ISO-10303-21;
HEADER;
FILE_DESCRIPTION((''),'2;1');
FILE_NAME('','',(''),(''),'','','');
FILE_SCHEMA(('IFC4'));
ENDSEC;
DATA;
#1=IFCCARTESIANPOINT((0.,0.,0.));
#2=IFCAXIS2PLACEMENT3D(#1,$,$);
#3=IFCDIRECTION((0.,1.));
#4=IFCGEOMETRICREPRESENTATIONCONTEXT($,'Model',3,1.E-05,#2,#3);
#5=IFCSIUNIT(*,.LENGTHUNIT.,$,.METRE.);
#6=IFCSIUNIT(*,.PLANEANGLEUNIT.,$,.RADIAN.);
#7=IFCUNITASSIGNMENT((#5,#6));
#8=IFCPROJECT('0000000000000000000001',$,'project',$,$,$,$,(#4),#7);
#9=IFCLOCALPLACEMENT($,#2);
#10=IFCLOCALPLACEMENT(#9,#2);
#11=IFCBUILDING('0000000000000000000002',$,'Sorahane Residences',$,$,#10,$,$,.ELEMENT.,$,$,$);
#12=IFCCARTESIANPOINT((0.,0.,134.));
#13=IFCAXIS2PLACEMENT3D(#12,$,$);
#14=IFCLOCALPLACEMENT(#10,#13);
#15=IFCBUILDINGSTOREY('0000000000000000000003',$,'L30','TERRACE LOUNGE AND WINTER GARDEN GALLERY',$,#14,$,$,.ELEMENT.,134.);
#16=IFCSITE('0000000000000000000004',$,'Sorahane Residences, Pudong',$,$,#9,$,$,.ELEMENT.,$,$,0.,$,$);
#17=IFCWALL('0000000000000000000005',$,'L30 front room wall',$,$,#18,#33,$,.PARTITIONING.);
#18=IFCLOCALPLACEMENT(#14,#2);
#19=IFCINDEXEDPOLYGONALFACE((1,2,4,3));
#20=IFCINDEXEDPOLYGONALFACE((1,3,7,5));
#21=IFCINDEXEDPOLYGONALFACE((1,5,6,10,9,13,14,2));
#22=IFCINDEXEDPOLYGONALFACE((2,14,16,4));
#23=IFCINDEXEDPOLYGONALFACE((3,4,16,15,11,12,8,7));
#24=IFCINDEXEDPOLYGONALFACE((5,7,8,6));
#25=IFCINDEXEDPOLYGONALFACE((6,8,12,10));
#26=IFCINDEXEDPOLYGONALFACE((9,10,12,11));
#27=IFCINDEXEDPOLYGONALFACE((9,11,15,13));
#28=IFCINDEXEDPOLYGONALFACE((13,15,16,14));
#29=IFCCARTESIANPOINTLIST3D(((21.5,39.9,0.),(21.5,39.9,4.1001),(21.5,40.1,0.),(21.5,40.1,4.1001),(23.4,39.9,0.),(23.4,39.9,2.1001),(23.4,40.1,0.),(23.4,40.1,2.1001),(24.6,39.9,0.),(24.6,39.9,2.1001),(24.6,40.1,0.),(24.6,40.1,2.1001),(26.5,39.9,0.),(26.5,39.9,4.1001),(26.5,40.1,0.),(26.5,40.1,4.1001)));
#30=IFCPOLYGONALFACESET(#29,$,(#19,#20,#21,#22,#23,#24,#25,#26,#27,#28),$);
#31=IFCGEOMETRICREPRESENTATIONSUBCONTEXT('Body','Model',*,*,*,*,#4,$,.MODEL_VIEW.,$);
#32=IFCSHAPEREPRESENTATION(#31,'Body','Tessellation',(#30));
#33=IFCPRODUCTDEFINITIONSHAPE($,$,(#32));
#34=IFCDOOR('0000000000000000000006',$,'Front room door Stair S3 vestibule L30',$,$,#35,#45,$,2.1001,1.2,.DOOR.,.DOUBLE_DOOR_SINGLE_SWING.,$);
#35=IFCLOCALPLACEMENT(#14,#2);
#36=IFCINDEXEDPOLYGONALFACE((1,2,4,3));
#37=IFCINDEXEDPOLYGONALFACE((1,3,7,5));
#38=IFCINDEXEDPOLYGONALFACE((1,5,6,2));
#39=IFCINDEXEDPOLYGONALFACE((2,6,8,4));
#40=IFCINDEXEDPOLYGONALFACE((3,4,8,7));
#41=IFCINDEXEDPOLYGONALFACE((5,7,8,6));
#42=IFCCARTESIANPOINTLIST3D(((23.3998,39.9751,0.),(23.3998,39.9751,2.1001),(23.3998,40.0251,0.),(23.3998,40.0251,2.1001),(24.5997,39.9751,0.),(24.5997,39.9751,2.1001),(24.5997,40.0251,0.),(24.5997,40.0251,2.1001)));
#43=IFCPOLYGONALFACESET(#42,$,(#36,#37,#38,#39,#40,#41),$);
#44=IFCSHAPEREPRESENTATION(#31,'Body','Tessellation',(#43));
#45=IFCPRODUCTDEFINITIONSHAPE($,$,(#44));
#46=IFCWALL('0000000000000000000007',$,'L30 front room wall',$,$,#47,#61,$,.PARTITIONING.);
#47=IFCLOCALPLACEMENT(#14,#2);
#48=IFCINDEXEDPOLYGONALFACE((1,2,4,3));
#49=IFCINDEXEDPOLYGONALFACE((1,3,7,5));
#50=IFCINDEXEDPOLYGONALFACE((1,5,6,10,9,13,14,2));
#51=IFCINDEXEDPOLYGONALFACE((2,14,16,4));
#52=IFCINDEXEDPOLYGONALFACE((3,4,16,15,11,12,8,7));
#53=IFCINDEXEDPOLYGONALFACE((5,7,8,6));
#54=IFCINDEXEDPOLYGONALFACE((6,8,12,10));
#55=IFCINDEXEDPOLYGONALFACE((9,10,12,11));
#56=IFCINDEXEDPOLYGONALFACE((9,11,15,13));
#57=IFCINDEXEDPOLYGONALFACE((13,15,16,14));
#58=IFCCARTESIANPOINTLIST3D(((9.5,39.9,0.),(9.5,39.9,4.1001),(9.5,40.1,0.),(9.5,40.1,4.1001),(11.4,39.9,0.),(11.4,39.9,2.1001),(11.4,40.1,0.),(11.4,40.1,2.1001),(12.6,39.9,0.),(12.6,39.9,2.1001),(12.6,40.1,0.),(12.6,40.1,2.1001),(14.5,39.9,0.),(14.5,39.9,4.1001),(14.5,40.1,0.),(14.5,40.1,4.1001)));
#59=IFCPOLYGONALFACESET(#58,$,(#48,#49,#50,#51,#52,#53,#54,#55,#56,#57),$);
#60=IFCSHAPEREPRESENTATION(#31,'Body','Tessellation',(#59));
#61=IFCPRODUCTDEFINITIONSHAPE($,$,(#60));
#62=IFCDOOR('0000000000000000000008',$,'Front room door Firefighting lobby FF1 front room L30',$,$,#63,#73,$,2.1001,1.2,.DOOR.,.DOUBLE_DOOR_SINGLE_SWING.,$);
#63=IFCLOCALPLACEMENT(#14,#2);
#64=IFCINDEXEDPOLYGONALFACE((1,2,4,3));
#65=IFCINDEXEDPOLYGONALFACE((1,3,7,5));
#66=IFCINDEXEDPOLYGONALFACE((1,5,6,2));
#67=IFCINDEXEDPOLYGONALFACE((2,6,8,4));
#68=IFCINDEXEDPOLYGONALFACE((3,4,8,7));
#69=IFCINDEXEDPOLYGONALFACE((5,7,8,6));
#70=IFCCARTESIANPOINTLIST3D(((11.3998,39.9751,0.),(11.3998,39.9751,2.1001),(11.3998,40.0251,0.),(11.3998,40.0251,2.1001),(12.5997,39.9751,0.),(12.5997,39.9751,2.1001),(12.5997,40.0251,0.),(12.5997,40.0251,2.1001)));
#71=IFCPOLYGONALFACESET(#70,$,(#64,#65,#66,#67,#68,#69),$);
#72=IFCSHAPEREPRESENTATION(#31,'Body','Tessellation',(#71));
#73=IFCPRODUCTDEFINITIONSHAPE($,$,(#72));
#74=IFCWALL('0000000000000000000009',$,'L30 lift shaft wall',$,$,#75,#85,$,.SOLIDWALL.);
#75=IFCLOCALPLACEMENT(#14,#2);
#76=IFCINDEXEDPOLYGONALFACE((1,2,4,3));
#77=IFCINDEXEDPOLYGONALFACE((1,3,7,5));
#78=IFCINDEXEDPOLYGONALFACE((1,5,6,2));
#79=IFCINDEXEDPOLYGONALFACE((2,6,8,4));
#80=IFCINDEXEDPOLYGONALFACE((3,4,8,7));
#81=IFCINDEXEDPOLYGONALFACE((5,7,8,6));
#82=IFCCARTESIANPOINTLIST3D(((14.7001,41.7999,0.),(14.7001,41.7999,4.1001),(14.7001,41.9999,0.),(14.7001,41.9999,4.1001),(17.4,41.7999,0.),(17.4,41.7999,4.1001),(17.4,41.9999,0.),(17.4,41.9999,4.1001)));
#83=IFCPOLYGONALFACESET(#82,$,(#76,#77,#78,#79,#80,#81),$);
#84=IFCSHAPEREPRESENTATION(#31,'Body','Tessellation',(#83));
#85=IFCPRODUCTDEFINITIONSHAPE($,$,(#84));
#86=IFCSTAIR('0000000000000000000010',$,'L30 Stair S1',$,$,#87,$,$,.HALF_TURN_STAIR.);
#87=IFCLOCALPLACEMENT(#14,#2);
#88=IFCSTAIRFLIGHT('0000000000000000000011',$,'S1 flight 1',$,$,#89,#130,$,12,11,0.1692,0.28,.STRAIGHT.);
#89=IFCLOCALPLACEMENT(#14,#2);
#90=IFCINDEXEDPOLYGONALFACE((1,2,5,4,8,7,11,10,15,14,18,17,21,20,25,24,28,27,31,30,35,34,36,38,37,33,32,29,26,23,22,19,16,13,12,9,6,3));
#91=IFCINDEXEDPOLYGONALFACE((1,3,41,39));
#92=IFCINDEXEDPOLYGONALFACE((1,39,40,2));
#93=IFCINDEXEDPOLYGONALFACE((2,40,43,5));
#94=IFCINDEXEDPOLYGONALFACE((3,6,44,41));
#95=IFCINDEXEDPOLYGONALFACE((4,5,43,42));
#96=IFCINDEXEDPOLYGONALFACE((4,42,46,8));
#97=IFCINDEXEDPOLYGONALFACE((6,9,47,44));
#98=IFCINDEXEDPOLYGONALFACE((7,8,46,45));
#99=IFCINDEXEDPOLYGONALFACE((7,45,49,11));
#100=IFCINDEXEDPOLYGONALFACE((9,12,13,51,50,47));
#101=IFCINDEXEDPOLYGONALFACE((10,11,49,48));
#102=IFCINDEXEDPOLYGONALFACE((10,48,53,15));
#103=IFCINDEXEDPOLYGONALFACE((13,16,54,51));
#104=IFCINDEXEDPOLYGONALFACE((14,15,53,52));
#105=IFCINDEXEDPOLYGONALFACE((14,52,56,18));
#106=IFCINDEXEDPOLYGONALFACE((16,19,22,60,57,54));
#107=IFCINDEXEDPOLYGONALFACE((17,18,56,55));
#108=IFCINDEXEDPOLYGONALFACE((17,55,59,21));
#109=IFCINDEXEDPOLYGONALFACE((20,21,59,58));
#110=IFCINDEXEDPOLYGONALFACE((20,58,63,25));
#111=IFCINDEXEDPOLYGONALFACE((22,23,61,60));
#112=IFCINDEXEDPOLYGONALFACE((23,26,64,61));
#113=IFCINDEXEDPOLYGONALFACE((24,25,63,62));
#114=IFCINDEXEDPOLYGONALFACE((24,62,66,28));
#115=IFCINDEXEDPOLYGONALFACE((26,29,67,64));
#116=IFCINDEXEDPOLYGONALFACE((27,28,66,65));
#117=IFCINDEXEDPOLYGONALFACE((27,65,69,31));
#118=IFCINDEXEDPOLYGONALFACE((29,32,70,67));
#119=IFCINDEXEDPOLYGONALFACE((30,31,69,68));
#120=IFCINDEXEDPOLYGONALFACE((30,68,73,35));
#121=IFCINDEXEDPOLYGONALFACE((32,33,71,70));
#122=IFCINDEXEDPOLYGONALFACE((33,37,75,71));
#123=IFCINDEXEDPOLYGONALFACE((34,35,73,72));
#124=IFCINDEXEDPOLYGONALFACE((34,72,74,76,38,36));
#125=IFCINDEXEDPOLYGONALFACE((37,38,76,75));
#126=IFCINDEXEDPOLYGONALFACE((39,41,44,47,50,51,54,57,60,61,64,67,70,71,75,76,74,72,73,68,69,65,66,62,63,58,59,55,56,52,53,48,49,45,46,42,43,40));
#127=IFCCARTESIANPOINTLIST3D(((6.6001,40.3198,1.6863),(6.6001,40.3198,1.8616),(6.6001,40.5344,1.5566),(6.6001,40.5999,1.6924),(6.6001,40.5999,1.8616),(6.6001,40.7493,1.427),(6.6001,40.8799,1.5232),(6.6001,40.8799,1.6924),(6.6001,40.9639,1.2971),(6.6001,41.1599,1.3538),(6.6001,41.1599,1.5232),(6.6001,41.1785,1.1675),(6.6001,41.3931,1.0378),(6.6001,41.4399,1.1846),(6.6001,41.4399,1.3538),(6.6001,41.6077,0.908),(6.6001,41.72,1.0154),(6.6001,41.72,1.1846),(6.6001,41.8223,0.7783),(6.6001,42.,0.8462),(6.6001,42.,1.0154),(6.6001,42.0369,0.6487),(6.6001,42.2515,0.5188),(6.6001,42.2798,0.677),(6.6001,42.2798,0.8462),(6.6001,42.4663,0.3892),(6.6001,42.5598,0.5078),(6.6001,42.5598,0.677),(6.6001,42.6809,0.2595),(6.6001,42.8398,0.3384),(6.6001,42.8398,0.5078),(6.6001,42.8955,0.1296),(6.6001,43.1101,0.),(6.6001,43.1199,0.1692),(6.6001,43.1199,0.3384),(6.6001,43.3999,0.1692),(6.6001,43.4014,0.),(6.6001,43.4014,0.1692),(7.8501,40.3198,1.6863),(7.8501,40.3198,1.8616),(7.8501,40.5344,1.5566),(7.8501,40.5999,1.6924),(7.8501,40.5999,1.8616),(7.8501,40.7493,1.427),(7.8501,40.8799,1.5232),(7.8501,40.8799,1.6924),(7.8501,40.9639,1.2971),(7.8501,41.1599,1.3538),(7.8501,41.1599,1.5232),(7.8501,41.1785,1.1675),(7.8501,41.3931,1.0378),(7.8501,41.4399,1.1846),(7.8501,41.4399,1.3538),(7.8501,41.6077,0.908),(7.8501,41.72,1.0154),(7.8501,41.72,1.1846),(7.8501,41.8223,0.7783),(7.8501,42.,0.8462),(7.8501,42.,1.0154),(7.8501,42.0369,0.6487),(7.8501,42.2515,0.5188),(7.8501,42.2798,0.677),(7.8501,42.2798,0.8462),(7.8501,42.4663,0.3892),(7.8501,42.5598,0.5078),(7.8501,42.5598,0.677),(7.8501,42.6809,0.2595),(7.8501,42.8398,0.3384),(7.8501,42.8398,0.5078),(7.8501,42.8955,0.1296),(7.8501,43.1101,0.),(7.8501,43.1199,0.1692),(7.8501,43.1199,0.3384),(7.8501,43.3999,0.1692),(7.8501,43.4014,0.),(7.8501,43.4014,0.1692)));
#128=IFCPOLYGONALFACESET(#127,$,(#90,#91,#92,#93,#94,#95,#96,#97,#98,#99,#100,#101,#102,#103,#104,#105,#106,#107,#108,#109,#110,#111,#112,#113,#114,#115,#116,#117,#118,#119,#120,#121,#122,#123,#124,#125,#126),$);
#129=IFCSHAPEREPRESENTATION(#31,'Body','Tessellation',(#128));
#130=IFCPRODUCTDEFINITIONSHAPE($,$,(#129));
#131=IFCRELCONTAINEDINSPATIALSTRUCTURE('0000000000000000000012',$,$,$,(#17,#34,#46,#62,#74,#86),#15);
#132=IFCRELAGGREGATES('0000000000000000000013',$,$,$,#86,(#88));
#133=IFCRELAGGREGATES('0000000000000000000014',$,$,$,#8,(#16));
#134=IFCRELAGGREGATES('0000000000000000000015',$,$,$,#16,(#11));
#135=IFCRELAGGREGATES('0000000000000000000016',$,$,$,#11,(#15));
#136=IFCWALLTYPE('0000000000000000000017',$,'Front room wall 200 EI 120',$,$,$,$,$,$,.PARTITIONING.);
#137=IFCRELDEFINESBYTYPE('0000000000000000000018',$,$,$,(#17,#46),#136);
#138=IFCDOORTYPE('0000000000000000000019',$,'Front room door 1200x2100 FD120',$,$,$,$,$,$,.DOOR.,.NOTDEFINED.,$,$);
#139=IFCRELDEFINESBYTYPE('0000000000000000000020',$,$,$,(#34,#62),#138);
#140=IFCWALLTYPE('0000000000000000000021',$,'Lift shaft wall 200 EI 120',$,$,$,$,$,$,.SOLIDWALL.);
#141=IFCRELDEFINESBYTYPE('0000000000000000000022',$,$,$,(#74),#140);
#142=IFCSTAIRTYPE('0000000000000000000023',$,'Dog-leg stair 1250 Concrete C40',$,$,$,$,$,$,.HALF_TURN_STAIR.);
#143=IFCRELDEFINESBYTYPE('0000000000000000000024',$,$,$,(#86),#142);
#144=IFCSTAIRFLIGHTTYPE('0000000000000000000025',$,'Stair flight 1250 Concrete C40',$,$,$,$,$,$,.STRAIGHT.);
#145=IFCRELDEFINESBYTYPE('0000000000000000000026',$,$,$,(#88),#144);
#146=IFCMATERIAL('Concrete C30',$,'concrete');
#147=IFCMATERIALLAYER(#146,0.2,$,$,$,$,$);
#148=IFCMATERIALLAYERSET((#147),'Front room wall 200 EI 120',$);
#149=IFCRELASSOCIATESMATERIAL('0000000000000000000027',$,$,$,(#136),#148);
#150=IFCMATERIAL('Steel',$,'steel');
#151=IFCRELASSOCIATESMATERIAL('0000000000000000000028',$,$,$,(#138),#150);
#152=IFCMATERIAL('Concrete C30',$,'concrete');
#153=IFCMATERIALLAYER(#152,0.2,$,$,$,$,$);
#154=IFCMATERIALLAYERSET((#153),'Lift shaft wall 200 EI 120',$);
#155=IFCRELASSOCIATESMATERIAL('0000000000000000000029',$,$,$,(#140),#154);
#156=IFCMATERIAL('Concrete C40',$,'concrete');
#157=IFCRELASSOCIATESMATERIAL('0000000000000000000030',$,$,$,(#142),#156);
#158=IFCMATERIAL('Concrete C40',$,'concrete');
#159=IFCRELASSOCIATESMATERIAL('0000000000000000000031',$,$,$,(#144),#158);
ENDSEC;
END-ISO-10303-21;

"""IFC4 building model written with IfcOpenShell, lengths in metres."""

from ifc_helpers import new_model, si_unit, direction, frame, frame_2d, origin, place, context, subcontext, project, spatial, polyline, rectangle, outline, extrude, material, layer, layer_set, type_object, element, fill, aggregate, save


model = new_model("IFC4")

# Units and contexts
model_context = context("Model", 3, precision=1e-05, world=origin(), true_north=direction((0.0, 1.0)))
body_context = subcontext(model_context, "Body", "Model", "MODEL_VIEW")
ifc_project = project(units=[si_unit("LENGTHUNIT", "METRE"), si_unit("PLANEANGLEUNIT", "RADIAN")], contexts=[model_context])

# Site, building, storey
site_placement = place(None, origin())
site = spatial("IfcSite", under=ifc_project, at=site_placement, Name="Sorahane Residences, Pudong", CompositionType="ELEMENT", RefElevation=0.0)
building_placement = place(site_placement, origin())
building = spatial("IfcBuilding", under=site, at=building_placement, Name="Sorahane Residences", CompositionType="ELEMENT")
storey_placement = place(building_placement, frame((0.0, 0.0, 134.0)))
storey = spatial("IfcBuildingStorey", under=building, at=storey_placement, Name="L30", Description="TERRACE LOUNGE AND WINTER GARDEN GALLERY", CompositionType="ELEMENT", Elevation=134.0)

# Walls, openings, doors
ifc_material_1 = material(Name="Concrete C30", Category="concrete")
ifc_layer_1 = layer(ifc_material_1, 0.2)
ifc_layer_set_1 = layer_set([ifc_layer_1], Name="Front room wall 200 EI 120")
wall_type_1 = type_object("IfcWallType", Name="Front room wall 200 EI 120", PredefinedType="PARTITIONING", material=ifc_layer_set_1)
wall_1_placement = place(storey_placement, frame((21.5, 40.0, 0.0), z_axis=(0.0, 0.0, 1.0), x_axis=(1.0, 0.0, 0.0)))
wall_1 = element("IfcWall", 1, at=wall_1_placement, inside=storey, type_object=wall_type_1, Name="L30 front room wall", PredefinedType="PARTITIONING", context=body_context, shape_type="SweptSolid", body=[
    extrude(rectangle(XDim=5.0, YDim=0.2, at=frame_2d((2.5, 0.0))), origin(), (0.0, 0.0, 1.0), 4.1001),
])
opening_1_placement = place(wall_1_placement, frame((1.8999, 0.0, 0.0)))
opening_1 = element("IfcOpeningElement", 2, at=opening_1_placement, cuts=wall_1, PredefinedType="OPENING", context=body_context, shape_type="SweptSolid", body=[
    extrude(rectangle(XDim=1.2, YDim=2.1001, at=frame_2d((0.6001, 1.05))), frame((0.0, 0.1099, 0.0), z_axis=(0.0, -1.0, 0.0), x_axis=(1.0, 0.0, 0.0)), (0.0, 0.0, 1.0), 0.22),
])
ifc_material_2 = material(Name="Steel", Category="steel")
door_type = type_object("IfcDoorType", Name="Front room door 1200x2100 FD120", OperationType="NOTDEFINED", PredefinedType="DOOR", material=ifc_material_2)
door_1_placement = place(opening_1_placement, frame((1.2, 0.0, 0.0), z_axis=(0.0, 0.0, 1.0), x_axis=(-1.0, 0.0, 0.0)))
door_1 = element("IfcDoor", 3, at=door_1_placement, inside=storey, type_object=door_type, Name="Front room door Stair S3 vestibule L30", OperationType="DOUBLE_DOOR_SINGLE_SWING", OverallHeight=2.1001, OverallWidth=1.2, PredefinedType="DOOR", context=body_context, shape_type="SweptSolid", body=[
    extrude(rectangle(XDim=1.2, YDim=2.1001, at=frame_2d((0.6001, 1.05))), frame((0.0, 0.0249, 0.0), z_axis=(0.0, -1.0, 0.0), x_axis=(1.0, 0.0, 0.0)), (0.0, 0.0, 1.0), 0.05),
])
fill(opening_1, door_1)
wall_2_placement = place(storey_placement, frame((9.5, 40.0, 0.0), z_axis=(0.0, 0.0, 1.0), x_axis=(1.0, 0.0, 0.0)))
wall_2 = element("IfcWall", 4, at=wall_2_placement, inside=storey, type_object=wall_type_1, Name="L30 front room wall", PredefinedType="PARTITIONING", context=body_context, shape_type="SweptSolid", body=[
    extrude(rectangle(XDim=5.0, YDim=0.2, at=frame_2d((2.5, 0.0))), origin(), (0.0, 0.0, 1.0), 4.1001),
])
opening_2_placement = place(wall_2_placement, frame((1.8999, 0.0, 0.0)))
opening_2 = element("IfcOpeningElement", 5, at=opening_2_placement, cuts=wall_2, PredefinedType="OPENING", context=body_context, shape_type="SweptSolid", body=[
    extrude(rectangle(XDim=1.2, YDim=2.1001, at=frame_2d((0.6001, 1.05))), frame((0.0, 0.1099, 0.0), z_axis=(0.0, -1.0, 0.0), x_axis=(1.0, 0.0, 0.0)), (0.0, 0.0, 1.0), 0.22),
])
door_2_placement = place(opening_2_placement, frame((1.2, 0.0, 0.0), z_axis=(0.0, 0.0, 1.0), x_axis=(-1.0, 0.0, 0.0)))
door_2 = element("IfcDoor", 6, at=door_2_placement, inside=storey, type_object=door_type, Name="Front room door Firefighting lobby FF1 front room L30", OperationType="DOUBLE_DOOR_SINGLE_SWING", OverallHeight=2.1001, OverallWidth=1.2, PredefinedType="DOOR", context=body_context, shape_type="SweptSolid", body=[
    extrude(rectangle(XDim=1.2, YDim=2.1001, at=frame_2d((0.6001, 1.05))), frame((0.0, 0.0249, 0.0), z_axis=(0.0, -1.0, 0.0), x_axis=(1.0, 0.0, 0.0)), (0.0, 0.0, 1.0), 0.05),
])
fill(opening_2, door_2)

# Wall
ifc_material_3 = material(Name="Concrete C30", Category="concrete")
ifc_layer_2 = layer(ifc_material_3, 0.2)
ifc_layer_set_2 = layer_set([ifc_layer_2], Name="Lift shaft wall 200 EI 120")
wall_type_2 = type_object("IfcWallType", Name="Lift shaft wall 200 EI 120", PredefinedType="SOLIDWALL", material=ifc_layer_set_2)
wall_3_placement = place(storey_placement, frame((14.7, 41.8999, 0.0), z_axis=(0.0, 0.0, 1.0), x_axis=(1.0, 0.0, 0.0)))
element("IfcWall", 7, at=wall_3_placement, inside=storey, type_object=wall_type_2, Name="L30 lift shaft wall", PredefinedType="SOLIDWALL", context=body_context, shape_type="SweptSolid", body=[
    extrude(rectangle(XDim=2.7, YDim=0.2, at=frame_2d((1.3501, 0.0))), origin(), (0.0, 0.0, 1.0), 4.1001),
])

# Stair, stair flight
ifc_material_4 = material(Name="Concrete C40", Category="concrete")
stair_type = type_object("IfcStairType", Name="Dog-leg stair 1250 Concrete C40", PredefinedType="HALF_TURN_STAIR", material=ifc_material_4)
stair_1_placement = place(storey_placement, origin())
stair_1 = element("IfcStair", 8, at=stair_1_placement, inside=storey, type_object=stair_type, Name="L30 Stair S1", PredefinedType="HALF_TURN_STAIR")
ifc_material_5 = material(Name="Concrete C40", Category="concrete")
stair_flight_type = type_object("IfcStairFlightType", Name="Stair flight 1250 Concrete C40", PredefinedType="STRAIGHT", material=ifc_material_5)
stair_flight_1_placement = place(storey_placement, frame((7.2251, 43.3999, 0.0), z_axis=(0.0, 0.0, 1.0), x_axis=(0.0, -1.0, 0.0)))
stair_flight_1 = element("IfcStairFlight", 9, at=stair_flight_1_placement, type_object=stair_flight_type, Name="S1 flight 1", NumberOfRisers=12, NumberOfTreads=11, PredefinedType="STRAIGHT", RiserHeight=0.1692, TreadLength=0.28, context=body_context, shape_type="SweptSolid", body=[
    extrude(outline(polyline([(-0.0015, 0.0), (-0.0015, 0.1692), (0.0, 0.1692), (0.28, 0.1692), (0.28, 0.3384), (0.5601, 0.3384), (0.5601, 0.5078), (0.8401, 0.5078), (0.8401, 0.677), (1.1201, 0.677), (1.1201, 0.8462), (1.3999, 0.8462), (1.3999, 1.0154), (1.6799, 1.0154), (1.6799, 1.1846), (1.96, 1.1846), (1.96, 1.3538), (2.24, 1.3538), (2.24, 1.5232), (2.52, 1.5232), (2.52, 1.6924), (2.8, 1.6924), (2.8, 1.8616), (3.0801, 1.8616), (3.0801, 2.0308), (3.0801, 1.6863), (2.8655, 1.5566), (2.6506, 1.427), (2.436, 1.2971), (2.2214, 1.1675), (2.0068, 1.0378), (1.7922, 0.908), (1.5776, 0.7783), (1.363, 0.6487), (1.1484, 0.5188), (0.9336, 0.3892), (0.719, 0.2595), (0.5044, 0.1296), (0.2898, 0.0), (-0.0015, 0.0)])), frame((0.0, 0.625, 0.0), z_axis=(0.0, -1.0, 0.0), x_axis=(1.0, 0.0, 0.0)), (0.0, 0.0, 1.0), 1.25),
])
aggregate(stair_1, [stair_flight_1])

save(model, "model.ifc")
